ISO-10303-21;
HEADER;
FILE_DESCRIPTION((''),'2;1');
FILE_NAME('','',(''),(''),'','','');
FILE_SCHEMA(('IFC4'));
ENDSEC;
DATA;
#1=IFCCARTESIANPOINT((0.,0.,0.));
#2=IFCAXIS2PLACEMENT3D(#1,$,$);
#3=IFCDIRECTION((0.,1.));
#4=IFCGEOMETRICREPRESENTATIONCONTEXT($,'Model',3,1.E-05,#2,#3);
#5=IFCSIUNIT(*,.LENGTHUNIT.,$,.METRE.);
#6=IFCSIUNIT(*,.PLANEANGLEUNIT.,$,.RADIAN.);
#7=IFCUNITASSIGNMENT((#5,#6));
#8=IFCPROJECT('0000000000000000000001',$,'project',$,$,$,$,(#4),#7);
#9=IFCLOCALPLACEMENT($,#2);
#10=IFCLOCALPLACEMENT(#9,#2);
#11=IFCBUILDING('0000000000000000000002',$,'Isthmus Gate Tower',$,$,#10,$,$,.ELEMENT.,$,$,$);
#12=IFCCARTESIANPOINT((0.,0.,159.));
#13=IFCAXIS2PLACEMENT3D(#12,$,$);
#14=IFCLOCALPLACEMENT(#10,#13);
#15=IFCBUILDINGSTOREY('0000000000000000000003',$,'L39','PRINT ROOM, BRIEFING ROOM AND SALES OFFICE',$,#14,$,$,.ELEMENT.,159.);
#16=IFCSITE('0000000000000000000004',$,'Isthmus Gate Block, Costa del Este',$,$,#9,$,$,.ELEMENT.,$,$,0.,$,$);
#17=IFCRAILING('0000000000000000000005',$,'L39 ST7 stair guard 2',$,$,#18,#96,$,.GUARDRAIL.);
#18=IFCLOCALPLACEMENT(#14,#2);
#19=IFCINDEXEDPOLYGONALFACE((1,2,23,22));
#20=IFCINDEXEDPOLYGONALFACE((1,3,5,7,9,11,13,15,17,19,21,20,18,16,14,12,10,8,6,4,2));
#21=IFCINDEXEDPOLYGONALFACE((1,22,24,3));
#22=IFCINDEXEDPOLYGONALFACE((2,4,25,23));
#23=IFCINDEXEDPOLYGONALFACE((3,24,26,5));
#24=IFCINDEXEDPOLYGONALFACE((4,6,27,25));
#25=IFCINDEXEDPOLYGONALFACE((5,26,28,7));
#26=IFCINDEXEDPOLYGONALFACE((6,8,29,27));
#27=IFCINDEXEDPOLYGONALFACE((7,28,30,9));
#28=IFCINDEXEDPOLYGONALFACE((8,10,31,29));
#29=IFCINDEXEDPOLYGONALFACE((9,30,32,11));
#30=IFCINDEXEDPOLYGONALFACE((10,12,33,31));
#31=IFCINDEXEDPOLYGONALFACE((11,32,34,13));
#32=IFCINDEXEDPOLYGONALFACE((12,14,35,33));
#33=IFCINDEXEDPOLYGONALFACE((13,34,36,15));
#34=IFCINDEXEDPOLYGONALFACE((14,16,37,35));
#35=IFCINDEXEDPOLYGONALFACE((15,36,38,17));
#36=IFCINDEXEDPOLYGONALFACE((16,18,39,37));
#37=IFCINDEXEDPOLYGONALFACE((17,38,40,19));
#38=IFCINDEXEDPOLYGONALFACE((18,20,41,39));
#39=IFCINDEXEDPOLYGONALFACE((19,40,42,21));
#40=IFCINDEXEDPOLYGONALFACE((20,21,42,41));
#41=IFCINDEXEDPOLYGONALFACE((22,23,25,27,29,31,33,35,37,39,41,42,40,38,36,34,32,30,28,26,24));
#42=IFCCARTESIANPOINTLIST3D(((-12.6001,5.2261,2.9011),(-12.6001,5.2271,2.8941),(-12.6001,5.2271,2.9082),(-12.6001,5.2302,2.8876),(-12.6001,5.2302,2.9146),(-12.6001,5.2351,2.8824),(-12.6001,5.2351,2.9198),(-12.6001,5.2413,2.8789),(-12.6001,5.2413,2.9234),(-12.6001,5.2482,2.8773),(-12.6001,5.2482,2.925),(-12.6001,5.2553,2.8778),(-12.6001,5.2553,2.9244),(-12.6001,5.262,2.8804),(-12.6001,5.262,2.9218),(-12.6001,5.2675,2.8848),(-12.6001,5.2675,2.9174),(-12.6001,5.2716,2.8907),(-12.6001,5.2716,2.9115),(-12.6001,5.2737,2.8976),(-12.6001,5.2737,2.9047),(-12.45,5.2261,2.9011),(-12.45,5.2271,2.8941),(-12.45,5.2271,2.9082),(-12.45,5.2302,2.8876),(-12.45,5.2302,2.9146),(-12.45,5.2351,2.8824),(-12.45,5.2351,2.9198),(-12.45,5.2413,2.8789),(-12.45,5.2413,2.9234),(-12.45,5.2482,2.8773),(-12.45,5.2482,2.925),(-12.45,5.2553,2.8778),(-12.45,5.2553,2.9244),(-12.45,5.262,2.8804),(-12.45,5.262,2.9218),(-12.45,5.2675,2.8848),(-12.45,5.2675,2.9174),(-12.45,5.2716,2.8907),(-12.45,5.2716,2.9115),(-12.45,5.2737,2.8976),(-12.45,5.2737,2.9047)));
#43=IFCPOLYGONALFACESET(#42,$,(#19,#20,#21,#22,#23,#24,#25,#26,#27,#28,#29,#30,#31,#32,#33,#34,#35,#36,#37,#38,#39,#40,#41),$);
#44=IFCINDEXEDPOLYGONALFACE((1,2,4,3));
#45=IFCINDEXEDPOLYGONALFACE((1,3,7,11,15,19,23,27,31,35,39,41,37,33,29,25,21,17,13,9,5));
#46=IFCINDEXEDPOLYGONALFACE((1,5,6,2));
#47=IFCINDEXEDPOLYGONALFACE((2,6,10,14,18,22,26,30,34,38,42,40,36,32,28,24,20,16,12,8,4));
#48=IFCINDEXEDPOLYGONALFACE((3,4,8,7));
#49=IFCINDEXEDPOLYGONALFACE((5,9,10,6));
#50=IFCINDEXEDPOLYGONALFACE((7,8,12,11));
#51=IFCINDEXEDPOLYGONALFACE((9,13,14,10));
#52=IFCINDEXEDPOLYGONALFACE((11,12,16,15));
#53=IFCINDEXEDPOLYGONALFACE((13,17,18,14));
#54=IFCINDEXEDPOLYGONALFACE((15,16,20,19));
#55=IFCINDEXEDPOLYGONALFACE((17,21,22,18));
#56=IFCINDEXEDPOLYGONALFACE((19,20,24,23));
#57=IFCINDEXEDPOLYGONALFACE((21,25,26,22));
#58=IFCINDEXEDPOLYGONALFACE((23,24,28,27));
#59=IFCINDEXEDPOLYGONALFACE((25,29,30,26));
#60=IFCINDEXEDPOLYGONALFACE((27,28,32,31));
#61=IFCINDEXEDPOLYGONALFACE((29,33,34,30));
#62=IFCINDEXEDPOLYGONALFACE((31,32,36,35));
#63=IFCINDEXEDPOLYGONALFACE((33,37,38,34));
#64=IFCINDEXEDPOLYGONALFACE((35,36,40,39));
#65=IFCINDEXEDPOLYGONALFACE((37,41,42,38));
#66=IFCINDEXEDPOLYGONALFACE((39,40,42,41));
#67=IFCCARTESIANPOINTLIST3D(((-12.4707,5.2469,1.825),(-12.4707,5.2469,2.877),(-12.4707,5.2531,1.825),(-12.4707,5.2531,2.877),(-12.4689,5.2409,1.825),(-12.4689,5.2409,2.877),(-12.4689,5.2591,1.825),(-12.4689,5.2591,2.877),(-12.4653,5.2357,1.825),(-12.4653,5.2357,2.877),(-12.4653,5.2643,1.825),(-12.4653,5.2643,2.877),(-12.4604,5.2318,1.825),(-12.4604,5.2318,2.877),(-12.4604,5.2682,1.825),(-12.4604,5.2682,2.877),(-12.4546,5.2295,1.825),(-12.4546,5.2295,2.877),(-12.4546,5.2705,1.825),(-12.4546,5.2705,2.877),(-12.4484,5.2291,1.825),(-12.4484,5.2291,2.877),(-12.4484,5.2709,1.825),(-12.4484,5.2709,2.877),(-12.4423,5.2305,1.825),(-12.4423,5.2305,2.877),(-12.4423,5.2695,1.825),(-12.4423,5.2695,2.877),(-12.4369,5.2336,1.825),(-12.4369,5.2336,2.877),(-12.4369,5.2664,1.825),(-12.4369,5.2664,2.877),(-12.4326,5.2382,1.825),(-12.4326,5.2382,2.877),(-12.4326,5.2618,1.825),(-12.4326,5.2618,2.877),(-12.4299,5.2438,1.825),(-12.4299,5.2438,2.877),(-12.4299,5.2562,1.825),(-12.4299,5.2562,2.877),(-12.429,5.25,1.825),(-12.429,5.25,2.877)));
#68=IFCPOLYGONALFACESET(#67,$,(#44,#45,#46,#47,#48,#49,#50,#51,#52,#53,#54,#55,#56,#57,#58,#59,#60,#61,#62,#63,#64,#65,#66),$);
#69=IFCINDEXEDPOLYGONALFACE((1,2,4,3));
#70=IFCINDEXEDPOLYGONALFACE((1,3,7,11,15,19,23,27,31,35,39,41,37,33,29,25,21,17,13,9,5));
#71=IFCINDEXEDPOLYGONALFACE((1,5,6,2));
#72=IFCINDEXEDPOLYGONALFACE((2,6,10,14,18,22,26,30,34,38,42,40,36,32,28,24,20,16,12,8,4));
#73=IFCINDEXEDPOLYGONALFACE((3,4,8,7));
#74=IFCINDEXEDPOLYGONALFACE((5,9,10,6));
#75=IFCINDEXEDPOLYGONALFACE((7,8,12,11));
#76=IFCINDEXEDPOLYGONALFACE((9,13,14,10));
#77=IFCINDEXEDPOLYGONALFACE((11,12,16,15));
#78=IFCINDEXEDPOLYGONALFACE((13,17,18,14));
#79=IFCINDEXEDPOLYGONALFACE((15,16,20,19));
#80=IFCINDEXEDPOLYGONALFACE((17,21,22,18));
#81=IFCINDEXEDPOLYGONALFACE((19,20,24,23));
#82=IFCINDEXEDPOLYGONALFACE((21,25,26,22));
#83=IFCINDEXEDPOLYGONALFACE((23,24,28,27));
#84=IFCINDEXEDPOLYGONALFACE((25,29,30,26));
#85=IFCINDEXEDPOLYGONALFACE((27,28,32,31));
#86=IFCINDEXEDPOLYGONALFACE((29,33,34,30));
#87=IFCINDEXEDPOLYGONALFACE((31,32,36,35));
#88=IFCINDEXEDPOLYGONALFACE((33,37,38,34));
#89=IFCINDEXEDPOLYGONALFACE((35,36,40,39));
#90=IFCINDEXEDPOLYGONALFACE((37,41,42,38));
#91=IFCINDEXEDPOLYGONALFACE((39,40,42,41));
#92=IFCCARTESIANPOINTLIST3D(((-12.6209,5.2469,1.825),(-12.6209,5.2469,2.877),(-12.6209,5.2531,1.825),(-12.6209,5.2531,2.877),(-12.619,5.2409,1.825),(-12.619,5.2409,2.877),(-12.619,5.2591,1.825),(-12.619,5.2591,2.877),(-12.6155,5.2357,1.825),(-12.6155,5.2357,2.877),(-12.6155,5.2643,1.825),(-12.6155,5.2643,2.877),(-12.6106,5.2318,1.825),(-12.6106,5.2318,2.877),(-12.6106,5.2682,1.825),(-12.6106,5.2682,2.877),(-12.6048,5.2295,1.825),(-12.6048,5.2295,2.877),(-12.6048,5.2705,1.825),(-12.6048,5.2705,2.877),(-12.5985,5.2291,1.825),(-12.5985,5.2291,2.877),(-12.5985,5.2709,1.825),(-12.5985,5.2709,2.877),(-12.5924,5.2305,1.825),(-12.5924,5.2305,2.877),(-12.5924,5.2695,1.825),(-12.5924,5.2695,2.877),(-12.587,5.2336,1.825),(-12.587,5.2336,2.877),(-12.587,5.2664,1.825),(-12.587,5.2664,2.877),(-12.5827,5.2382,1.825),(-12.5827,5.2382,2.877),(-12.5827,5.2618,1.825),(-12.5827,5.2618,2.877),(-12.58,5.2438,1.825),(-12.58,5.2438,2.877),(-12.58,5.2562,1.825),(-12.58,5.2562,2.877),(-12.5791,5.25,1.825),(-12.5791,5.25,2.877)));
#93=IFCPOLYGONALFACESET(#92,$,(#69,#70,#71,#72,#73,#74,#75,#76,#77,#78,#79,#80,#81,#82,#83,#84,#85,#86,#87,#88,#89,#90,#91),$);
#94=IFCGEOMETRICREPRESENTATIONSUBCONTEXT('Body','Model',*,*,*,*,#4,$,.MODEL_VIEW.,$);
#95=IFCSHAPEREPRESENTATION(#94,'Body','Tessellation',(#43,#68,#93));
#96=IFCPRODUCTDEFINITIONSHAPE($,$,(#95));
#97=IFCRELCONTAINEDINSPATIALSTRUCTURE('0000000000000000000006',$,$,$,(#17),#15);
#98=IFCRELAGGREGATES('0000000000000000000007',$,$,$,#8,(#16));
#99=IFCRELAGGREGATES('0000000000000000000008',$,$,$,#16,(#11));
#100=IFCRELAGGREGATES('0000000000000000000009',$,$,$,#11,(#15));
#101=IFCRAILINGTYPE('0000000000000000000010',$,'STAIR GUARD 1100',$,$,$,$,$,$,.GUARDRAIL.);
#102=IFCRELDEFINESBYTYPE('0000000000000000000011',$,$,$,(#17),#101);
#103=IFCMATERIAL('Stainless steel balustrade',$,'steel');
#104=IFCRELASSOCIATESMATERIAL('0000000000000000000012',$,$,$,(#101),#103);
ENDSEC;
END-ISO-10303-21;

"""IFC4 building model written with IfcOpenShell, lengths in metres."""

from ifc_helpers import new_model, si_unit, direction, frame, origin, origin_2d, place, context, subcontext, project, spatial, circle, extrude, material, type_object, element, save


model = new_model("IFC4")

# Units and contexts
model_context = context("Model", 3, precision=1e-05, world=origin(), true_north=direction((0.0, 1.0)))
body_context = subcontext(model_context, "Body", "Model", "MODEL_VIEW")
ifc_project = project(units=[si_unit("LENGTHUNIT", "METRE"), si_unit("PLANEANGLEUNIT", "RADIAN")], contexts=[model_context])

# Site, building, storey
site_placement = place(None, origin())
site = spatial("IfcSite", under=ifc_project, at=site_placement, Name="Isthmus Gate Block, Costa del Este", CompositionType="ELEMENT", RefElevation=0.0)
building_placement = place(site_placement, origin())
building = spatial("IfcBuilding", under=site, at=building_placement, Name="Isthmus Gate Tower", CompositionType="ELEMENT")
storey_placement = place(building_placement, frame((0.0, 0.0, 159.0)))
storey = spatial("IfcBuildingStorey", under=building, at=storey_placement, Name="L39", Description="PRINT ROOM, BRIEFING ROOM AND SALES OFFICE", CompositionType="ELEMENT", Elevation=159.0)

# Railing
ifc_material_1 = material(Name="Stainless steel balustrade", Category="steel")
railing_type_1 = type_object("IfcRailingType", Name="STAIR GUARD 1100", PredefinedType="GUARDRAIL", material=ifc_material_1)
railing_1_placement = place(storey_placement, frame((-12.45, 5.25, 1.825)))
element("IfcRailing", 1, at=railing_1_placement, inside=storey, type_object=railing_type_1, Name="L39 ST7 stair guard 2", PredefinedType="GUARDRAIL", context=body_context, shape_type="SweptSolid", body=[
    extrude(circle(Radius=0.0239, at=origin_2d()), frame((0.0, 0.0, 1.0762), z_axis=(-1.0, 0.0, 0.0), x_axis=(0.0, -1.0, 0.0)), (0.0, 0.0, 1.0), 0.1501),
    extrude(circle(Radius=0.021, at=origin_2d()), origin(), (0.0, 0.0, 1.0), 1.052),
    extrude(circle(Radius=0.021, at=origin_2d()), frame((-0.1501, 0.0, 0.0)), (0.0, 0.0, 1.0), 1.052),
])

save(model, "model.ifc")
